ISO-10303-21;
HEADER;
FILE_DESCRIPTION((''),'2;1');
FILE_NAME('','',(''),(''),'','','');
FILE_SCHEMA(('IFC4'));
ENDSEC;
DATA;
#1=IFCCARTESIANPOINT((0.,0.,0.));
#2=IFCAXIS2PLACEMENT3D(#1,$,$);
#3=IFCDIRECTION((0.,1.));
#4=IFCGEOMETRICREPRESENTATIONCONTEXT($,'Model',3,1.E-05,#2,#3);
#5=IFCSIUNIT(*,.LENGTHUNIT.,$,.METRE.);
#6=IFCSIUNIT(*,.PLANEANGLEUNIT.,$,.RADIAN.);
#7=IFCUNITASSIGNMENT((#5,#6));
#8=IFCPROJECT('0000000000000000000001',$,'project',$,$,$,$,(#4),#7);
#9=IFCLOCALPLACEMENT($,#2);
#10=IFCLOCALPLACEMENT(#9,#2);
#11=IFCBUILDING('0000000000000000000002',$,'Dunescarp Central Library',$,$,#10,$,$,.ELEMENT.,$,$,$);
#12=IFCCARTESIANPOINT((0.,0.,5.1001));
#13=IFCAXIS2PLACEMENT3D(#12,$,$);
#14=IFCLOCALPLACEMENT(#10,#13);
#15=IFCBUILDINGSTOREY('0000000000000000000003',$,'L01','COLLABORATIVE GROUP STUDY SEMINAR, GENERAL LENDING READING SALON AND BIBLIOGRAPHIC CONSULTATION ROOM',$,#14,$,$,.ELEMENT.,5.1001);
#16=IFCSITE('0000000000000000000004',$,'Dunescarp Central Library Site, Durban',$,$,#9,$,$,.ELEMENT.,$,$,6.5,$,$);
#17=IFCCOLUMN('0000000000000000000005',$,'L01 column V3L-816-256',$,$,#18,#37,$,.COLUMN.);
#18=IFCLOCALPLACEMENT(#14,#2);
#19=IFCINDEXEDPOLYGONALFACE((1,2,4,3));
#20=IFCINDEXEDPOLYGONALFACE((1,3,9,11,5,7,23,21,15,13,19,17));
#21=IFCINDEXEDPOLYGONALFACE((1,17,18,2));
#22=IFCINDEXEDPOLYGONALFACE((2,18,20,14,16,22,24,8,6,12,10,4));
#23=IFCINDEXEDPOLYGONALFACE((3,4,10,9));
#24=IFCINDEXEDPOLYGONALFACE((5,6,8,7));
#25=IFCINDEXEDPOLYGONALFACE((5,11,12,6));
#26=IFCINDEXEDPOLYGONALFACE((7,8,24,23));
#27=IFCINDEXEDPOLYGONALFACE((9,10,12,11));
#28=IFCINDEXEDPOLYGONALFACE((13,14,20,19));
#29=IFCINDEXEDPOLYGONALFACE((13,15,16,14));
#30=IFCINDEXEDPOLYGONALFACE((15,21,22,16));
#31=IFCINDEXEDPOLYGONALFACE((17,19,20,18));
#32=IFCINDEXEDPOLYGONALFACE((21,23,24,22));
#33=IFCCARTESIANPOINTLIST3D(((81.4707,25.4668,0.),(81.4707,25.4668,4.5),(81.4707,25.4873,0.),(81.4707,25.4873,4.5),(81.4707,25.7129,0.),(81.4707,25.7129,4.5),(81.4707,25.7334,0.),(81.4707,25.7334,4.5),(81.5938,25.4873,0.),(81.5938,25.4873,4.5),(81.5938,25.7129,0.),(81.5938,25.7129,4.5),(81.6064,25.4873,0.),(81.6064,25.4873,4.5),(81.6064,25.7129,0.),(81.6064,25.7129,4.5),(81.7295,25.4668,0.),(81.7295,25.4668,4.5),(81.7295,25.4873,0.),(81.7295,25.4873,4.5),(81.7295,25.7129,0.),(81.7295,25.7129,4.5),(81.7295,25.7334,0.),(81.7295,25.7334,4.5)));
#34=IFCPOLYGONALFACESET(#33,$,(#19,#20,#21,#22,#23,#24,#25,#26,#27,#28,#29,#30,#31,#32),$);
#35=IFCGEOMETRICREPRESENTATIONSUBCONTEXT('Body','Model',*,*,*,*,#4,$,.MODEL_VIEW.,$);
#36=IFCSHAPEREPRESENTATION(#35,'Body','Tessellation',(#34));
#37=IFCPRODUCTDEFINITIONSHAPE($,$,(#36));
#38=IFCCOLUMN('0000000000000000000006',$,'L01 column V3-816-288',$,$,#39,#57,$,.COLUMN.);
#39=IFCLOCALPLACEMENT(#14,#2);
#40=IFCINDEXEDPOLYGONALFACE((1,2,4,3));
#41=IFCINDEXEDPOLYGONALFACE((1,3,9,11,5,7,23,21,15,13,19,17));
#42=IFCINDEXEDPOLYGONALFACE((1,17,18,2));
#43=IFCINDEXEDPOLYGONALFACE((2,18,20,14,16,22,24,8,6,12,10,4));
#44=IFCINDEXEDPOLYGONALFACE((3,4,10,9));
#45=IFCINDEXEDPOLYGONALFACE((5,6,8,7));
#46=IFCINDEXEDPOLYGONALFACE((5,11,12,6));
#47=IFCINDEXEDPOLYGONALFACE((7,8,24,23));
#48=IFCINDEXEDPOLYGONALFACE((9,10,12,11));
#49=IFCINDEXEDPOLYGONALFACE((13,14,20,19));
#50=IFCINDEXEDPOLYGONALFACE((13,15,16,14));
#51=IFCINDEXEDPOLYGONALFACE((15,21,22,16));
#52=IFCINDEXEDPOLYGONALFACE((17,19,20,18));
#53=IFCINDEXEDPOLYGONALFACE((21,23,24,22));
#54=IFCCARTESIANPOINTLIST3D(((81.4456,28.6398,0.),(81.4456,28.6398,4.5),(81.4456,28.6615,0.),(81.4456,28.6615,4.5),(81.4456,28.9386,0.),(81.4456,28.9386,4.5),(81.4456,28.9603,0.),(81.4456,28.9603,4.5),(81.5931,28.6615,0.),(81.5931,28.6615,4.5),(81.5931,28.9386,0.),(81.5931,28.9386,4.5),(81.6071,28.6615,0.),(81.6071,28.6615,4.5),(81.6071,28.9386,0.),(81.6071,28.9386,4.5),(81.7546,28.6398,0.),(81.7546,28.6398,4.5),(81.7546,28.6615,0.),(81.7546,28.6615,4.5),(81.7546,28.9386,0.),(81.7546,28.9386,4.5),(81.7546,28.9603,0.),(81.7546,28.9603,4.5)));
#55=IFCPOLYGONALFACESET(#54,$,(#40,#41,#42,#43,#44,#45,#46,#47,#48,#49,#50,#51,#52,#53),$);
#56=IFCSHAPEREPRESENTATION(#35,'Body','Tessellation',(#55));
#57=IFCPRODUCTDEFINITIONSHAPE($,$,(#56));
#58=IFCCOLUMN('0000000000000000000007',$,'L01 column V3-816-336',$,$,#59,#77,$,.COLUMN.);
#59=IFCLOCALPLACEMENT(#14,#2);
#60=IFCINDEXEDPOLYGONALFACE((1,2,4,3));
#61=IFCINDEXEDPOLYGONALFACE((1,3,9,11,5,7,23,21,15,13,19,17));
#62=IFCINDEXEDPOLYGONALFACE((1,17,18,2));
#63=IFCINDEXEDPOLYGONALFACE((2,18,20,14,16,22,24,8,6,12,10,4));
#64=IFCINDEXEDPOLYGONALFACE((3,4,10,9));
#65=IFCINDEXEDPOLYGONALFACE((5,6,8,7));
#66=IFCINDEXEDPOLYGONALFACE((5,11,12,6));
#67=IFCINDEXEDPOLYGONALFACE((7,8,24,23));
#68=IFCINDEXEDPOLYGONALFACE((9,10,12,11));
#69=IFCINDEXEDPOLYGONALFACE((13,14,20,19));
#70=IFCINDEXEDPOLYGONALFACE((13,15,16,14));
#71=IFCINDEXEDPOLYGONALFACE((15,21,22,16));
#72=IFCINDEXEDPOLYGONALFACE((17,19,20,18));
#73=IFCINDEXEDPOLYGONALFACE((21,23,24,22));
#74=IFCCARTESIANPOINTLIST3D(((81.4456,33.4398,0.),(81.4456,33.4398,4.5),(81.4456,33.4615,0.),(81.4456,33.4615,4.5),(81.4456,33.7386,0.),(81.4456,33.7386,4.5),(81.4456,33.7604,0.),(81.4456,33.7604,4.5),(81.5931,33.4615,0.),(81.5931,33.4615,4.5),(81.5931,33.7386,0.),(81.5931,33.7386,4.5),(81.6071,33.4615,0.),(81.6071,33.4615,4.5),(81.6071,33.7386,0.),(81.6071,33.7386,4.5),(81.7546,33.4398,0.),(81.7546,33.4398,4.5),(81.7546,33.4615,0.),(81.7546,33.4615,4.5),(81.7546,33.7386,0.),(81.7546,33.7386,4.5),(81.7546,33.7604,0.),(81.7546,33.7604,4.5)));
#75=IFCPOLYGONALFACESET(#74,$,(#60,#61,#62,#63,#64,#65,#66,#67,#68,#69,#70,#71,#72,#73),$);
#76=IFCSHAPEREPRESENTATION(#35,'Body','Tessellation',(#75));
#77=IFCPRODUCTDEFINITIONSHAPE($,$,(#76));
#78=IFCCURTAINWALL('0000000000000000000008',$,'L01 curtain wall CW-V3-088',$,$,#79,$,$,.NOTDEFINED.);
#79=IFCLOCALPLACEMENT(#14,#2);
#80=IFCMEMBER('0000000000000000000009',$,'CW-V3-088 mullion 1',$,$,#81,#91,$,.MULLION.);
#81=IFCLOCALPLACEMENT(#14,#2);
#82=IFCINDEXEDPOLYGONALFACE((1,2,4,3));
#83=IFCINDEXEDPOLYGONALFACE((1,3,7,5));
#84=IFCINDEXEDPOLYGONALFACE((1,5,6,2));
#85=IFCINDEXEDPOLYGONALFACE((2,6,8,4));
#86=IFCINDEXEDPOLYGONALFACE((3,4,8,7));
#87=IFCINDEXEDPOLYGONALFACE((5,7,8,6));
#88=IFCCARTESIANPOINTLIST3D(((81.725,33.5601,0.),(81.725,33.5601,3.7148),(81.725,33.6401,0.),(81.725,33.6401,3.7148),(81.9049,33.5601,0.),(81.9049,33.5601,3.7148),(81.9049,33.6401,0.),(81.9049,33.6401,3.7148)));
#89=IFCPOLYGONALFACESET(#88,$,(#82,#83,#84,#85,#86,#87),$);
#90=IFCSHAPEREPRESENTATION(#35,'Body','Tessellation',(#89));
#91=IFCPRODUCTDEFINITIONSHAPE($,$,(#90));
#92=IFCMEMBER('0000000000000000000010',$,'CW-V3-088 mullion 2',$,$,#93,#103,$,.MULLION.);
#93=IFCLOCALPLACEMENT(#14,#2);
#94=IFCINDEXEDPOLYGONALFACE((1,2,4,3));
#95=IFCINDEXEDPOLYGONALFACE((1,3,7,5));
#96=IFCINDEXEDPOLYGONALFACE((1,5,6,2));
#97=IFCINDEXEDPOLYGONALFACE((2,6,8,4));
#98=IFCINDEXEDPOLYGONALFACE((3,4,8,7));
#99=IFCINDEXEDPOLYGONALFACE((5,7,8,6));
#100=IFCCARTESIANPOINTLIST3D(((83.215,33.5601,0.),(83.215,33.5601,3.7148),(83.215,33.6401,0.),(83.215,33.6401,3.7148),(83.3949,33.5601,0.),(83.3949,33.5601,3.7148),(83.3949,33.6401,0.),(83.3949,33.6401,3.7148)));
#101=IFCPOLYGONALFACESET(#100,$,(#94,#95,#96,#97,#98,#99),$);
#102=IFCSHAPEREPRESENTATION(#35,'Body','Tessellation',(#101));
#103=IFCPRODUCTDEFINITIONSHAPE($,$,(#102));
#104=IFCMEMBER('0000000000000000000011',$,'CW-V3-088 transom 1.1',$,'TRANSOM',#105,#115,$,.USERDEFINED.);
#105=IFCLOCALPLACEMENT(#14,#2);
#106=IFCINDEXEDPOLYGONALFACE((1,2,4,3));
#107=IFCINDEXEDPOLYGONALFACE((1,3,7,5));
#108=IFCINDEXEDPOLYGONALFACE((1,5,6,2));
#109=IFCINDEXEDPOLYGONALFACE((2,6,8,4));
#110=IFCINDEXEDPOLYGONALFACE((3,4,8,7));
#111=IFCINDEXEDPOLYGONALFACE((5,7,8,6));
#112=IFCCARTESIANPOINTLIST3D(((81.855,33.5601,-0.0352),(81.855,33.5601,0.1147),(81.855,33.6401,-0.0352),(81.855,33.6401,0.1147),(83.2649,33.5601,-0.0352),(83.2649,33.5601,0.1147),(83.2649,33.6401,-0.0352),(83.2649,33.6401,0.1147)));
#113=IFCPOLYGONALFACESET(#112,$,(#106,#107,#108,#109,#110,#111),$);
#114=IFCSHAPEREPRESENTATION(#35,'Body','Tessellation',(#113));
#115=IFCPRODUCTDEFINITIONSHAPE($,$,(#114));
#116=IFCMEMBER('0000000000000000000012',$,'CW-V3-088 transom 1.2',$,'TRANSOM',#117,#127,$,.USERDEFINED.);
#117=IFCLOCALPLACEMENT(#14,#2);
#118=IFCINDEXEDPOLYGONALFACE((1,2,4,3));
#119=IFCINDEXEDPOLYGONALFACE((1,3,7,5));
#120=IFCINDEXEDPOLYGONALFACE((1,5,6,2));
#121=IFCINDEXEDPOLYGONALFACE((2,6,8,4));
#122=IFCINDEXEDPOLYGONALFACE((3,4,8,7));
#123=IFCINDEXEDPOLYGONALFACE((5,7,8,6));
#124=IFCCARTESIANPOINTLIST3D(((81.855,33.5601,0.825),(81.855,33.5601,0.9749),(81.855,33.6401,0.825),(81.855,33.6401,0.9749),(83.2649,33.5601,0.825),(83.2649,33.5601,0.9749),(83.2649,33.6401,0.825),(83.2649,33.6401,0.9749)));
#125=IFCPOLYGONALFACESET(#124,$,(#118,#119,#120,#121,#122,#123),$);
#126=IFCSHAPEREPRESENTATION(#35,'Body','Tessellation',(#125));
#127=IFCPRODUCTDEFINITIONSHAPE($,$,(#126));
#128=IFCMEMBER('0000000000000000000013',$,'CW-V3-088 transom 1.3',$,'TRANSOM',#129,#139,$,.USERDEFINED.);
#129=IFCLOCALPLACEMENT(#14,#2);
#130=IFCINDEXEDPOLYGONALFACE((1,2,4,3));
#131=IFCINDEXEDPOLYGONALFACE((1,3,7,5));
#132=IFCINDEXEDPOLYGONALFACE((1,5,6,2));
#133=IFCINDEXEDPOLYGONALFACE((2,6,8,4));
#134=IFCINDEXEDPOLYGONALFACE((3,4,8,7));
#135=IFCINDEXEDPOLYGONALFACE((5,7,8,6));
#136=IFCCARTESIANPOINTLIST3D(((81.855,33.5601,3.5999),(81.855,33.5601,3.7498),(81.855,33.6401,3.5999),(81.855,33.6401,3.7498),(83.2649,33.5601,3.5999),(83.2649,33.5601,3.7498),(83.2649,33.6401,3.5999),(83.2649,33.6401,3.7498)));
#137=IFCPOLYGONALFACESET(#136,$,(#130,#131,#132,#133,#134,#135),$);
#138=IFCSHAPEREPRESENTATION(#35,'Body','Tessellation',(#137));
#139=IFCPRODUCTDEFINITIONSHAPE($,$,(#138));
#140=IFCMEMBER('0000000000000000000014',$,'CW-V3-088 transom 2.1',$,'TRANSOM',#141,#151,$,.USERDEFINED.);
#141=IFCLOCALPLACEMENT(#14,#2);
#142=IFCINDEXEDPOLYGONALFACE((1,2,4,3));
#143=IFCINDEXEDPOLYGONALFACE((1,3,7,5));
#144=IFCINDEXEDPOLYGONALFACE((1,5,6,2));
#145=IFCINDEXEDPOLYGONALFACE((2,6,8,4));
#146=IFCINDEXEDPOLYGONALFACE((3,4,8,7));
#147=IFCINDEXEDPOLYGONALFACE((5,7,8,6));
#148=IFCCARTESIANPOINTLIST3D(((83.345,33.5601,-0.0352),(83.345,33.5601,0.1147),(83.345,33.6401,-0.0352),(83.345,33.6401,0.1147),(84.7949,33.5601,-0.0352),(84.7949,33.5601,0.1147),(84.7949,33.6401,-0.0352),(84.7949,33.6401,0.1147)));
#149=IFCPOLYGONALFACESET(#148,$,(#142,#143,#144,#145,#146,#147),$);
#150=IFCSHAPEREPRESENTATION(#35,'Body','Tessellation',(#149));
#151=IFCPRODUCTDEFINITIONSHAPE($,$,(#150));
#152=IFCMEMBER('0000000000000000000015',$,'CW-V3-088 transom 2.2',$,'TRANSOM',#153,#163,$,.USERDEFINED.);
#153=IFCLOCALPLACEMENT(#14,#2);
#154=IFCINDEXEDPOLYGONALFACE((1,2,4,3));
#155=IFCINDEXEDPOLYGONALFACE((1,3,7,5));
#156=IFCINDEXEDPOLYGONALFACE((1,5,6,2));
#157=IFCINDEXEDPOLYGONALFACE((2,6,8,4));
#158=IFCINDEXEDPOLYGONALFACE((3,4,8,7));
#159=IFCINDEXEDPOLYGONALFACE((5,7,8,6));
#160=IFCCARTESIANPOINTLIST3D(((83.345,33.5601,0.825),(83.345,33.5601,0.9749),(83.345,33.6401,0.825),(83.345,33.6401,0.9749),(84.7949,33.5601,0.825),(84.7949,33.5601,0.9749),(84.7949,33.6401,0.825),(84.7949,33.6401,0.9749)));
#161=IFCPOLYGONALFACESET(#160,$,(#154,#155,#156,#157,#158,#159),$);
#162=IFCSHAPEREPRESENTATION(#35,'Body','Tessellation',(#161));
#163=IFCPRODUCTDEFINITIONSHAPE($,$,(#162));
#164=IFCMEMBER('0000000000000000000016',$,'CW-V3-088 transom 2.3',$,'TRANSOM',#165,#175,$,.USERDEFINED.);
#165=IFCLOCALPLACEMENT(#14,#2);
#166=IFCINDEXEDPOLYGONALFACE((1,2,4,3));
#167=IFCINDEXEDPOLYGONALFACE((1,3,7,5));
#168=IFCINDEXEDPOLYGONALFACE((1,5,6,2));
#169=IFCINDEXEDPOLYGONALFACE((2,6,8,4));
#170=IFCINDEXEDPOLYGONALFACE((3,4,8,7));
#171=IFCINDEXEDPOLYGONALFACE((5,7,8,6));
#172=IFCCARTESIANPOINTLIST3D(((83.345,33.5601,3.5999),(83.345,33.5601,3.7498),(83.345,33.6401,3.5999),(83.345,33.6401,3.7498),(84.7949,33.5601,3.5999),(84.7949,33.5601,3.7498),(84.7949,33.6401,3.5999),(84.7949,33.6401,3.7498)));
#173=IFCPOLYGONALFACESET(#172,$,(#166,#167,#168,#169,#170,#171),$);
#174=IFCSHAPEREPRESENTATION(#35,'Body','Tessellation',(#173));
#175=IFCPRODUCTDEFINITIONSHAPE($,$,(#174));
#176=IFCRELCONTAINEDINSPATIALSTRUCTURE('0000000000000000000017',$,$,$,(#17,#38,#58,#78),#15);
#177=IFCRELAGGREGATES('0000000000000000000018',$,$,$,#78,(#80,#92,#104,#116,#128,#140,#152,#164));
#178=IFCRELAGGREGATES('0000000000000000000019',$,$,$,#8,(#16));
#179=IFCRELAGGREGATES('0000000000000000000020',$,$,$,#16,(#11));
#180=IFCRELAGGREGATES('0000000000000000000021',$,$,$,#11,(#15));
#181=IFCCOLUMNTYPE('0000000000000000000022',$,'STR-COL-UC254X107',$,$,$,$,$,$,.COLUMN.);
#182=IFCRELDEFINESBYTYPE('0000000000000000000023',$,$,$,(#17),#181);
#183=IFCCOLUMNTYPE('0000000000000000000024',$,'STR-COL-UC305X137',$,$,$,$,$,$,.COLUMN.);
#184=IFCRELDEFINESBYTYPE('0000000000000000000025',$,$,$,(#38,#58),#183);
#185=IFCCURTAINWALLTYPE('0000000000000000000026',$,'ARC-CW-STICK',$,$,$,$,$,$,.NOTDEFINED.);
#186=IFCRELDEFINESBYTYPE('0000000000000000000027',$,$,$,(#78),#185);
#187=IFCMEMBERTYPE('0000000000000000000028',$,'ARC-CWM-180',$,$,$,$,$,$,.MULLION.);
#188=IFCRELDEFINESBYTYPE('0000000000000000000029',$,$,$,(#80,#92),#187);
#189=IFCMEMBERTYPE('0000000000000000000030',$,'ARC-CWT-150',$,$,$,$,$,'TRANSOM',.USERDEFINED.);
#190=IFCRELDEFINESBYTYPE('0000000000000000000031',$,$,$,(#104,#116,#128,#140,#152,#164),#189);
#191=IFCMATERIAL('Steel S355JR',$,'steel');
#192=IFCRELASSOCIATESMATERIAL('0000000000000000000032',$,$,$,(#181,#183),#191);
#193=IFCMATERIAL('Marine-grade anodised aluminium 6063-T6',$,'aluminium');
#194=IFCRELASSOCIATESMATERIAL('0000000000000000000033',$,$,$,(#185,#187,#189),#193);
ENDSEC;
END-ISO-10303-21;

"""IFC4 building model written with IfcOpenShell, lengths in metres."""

from ifc_helpers import new_model, si_unit, direction, frame, origin, origin_2d, place, context, subcontext, project, spatial, rectangle, i_section, extrude, material, material_profile, profile_set, type_object, element, aggregate, save


model = new_model("IFC4")

# Units and contexts
model_context = context("Model", 3, precision=1e-05, world=origin(), true_north=direction((0.0, 1.0)))
body_context = subcontext(model_context, "Body", "Model", "MODEL_VIEW")
ifc_project = project(units=[si_unit("LENGTHUNIT", "METRE"), si_unit("PLANEANGLEUNIT", "RADIAN")], contexts=[model_context])

# Site, building, storey
site_placement = place(None, origin())
site = spatial("IfcSite", under=ifc_project, at=site_placement, Name="Dunescarp Central Library Site, Durban", CompositionType="ELEMENT", RefElevation=6.5)
building_placement = place(site_placement, origin())
building = spatial("IfcBuilding", under=site, at=building_placement, Name="Dunescarp Central Library", CompositionType="ELEMENT")
storey_placement = place(building_placement, frame((0.0, 0.0, 5.1001)))
storey = spatial("IfcBuildingStorey", under=building, at=storey_placement, Name="L01", Description="COLLABORATIVE GROUP STUDY SEMINAR, GENERAL LENDING READING SALON AND BIBLIOGRAPHIC CONSULTATION ROOM", CompositionType="ELEMENT", Elevation=5.1001)

# Columns
ifc_material_1 = material(Name="Steel S355JR", Category="steel")
ifc_material_profile_1 = material_profile(ifc_material_1, i_section(OverallWidth=0.2588, OverallDepth=0.2666, WebThickness=0.0127, FlangeThickness=0.0205, at=origin_2d()), Name="UC 254x254x107")
ifc_profile_set_1 = profile_set([ifc_material_profile_1], Name="Steel S355JR")
column_type_1 = type_object("IfcColumnType", Name="STR-COL-UC254X107", PredefinedType="COLUMN", material=ifc_profile_set_1)
column_placement = place(storey_placement, frame((81.6001, 25.6001, 0.0), z_axis=(0.0, 0.0, 1.0), x_axis=(1.0, 0.0, 0.0)))
element("IfcColumn", 1, at=column_placement, inside=storey, type_object=column_type_1, Name="L01 column V3L-816-256", PredefinedType="COLUMN", context=body_context, shape_type="SweptSolid", body=[
    extrude(i_section(OverallWidth=0.2588, OverallDepth=0.2666, WebThickness=0.0127, FlangeThickness=0.0205, at=origin_2d()), origin(), (0.0, 0.0, 1.0), 4.5),
])
ifc_material_profile_2 = material_profile(ifc_material_1, i_section(OverallWidth=0.3091, OverallDepth=0.3206, WebThickness=0.0139, FlangeThickness=0.0217, at=origin_2d()), Name="UC 305x305x137")
ifc_profile_set_2 = profile_set([ifc_material_profile_2], Name="Steel S355JR")
column_type_2 = type_object("IfcColumnType", Name="STR-COL-UC305X137", PredefinedType="COLUMN", material=ifc_profile_set_2)
for number, where, z_axis, x_axis, name in (
    (2, (81.6001, 28.8, 0.0), (0.0, 0.0, 1.0), (1.0, 0.0, 0.0), "L01 column V3-816-288"),
    (3, (81.6001, 33.6001, 0.0), (0.0, 0.0, 1.0), (1.0, 0.0, 0.0), "L01 column V3-816-336"),
):
    element("IfcColumn", number, at=place(storey_placement, frame(where, z_axis=z_axis, x_axis=x_axis)), inside=storey, type_object=column_type_2, Name=name, PredefinedType="COLUMN", context=body_context, shape_type="SweptSolid", body=[
        extrude(i_section(OverallWidth=0.3091, OverallDepth=0.3206, WebThickness=0.0139, FlangeThickness=0.0217, at=origin_2d()), origin(), (0.0, 0.0, 1.0), 4.5),
    ])

# Curtain wall, members
ifc_material_2 = material(Name="Marine-grade anodised aluminium 6063-T6", Category="aluminium")
curtain_wall_type = type_object("IfcCurtainWallType", Name="ARC-CW-STICK", PredefinedType="NOTDEFINED", material=ifc_material_2)
curtain_wall_placement = place(storey_placement, origin())
curtain_wall = element("IfcCurtainWall", 4, at=curtain_wall_placement, inside=storey, type_object=curtain_wall_type, Name="L01 curtain wall CW-V3-088", PredefinedType="NOTDEFINED")
ifc_material_profile_3 = material_profile(ifc_material_2, rectangle(XDim=0.0801, YDim=0.1799, at=origin_2d()), Name="AL 80x180")
ifc_profile_set_3 = profile_set([ifc_material_profile_3], Name="Marine-grade anodised aluminium 6063-T6")
member_type_1 = type_object("IfcMemberType", Name="ARC-CWM-180", PredefinedType="MULLION", material=ifc_profile_set_3)
member_1_placement = place(storey_placement, frame((81.8149, 33.6001, 0.0), z_axis=(0.0, 0.0, 1.0), x_axis=(0.0, 1.0, 0.0)))
member_1 = element("IfcMember", 5, at=member_1_placement, type_object=member_type_1, Name="CW-V3-088 mullion 1", PredefinedType="MULLION", context=body_context, shape_type="SweptSolid", body=[
    extrude(rectangle(XDim=0.0801, YDim=0.1799, at=origin_2d()), origin(), (0.0, 0.0, 1.0), 3.7148),
])
member_2_placement = place(storey_placement, frame((83.3049, 33.6001, 0.0), z_axis=(0.0, 0.0, 1.0), x_axis=(0.0, 1.0, 0.0)))
member_2 = element("IfcMember", 6, at=member_2_placement, type_object=member_type_1, Name="CW-V3-088 mullion 2", PredefinedType="MULLION", context=body_context, shape_type="SweptSolid", body=[
    extrude(rectangle(XDim=0.0801, YDim=0.1799, at=origin_2d()), origin(), (0.0, 0.0, 1.0), 3.7148),
])
ifc_material_profile_4 = material_profile(ifc_material_2, rectangle(XDim=0.0801, YDim=0.1499, at=origin_2d()), Name="AL 80x150")
ifc_profile_set_4 = profile_set([ifc_material_profile_4], Name="Marine-grade anodised aluminium 6063-T6")
member_type_2 = type_object("IfcMemberType", Name="ARC-CWT-150", ElementType="TRANSOM", PredefinedType="USERDEFINED", material=ifc_profile_set_4)
member_3_placement = place(storey_placement, frame((81.855, 33.6001, 0.0398), z_axis=(1.0, 0.0, 0.0), x_axis=(0.0, 1.0, 0.0)))
member_3 = element("IfcMember", 7, at=member_3_placement, type_object=member_type_2, Name="CW-V3-088 transom 1.1", ObjectType="TRANSOM", PredefinedType="USERDEFINED", context=body_context, shape_type="SweptSolid", body=[
    extrude(rectangle(XDim=0.0801, YDim=0.1499, at=origin_2d()), origin(), (0.0, 0.0, 1.0), 1.4099),
])
member_4_placement = place(storey_placement, frame((81.855, 33.6001, 0.8999), z_axis=(1.0, 0.0, 0.0), x_axis=(0.0, 1.0, 0.0)))
member_4 = element("IfcMember", 8, at=member_4_placement, type_object=member_type_2, Name="CW-V3-088 transom 1.2", ObjectType="TRANSOM", PredefinedType="USERDEFINED", context=body_context, shape_type="SweptSolid", body=[
    extrude(rectangle(XDim=0.0801, YDim=0.1499, at=origin_2d()), origin(), (0.0, 0.0, 1.0), 1.4099),
])
member_5_placement = place(storey_placement, frame((81.855, 33.6001, 3.6748), z_axis=(1.0, 0.0, 0.0), x_axis=(0.0, 1.0, 0.0)))
member_5 = element("IfcMember", 9, at=member_5_placement, type_object=member_type_2, Name="CW-V3-088 transom 1.3", ObjectType="TRANSOM", PredefinedType="USERDEFINED", context=body_context, shape_type="SweptSolid", body=[
    extrude(rectangle(XDim=0.0801, YDim=0.1499, at=origin_2d()), origin(), (0.0, 0.0, 1.0), 1.4099),
])
member_6_placement = place(storey_placement, frame((83.345, 33.6001, 0.0398), z_axis=(1.0, 0.0, 0.0), x_axis=(0.0, 1.0, 0.0)))
member_6 = element("IfcMember", 10, at=member_6_placement, type_object=member_type_2, Name="CW-V3-088 transom 2.1", ObjectType="TRANSOM", PredefinedType="USERDEFINED", context=body_context, shape_type="SweptSolid", body=[
    extrude(rectangle(XDim=0.0801, YDim=0.1499, at=origin_2d()), origin(), (0.0, 0.0, 1.0), 1.45),
])
member_7_placement = place(storey_placement, frame((83.345, 33.6001, 0.8999), z_axis=(1.0, 0.0, 0.0), x_axis=(0.0, 1.0, 0.0)))
member_7 = element("IfcMember", 11, at=member_7_placement, type_object=member_type_2, Name="CW-V3-088 transom 2.2", ObjectType="TRANSOM", PredefinedType="USERDEFINED", context=body_context, shape_type="SweptSolid", body=[
    extrude(rectangle(XDim=0.0801, YDim=0.1499, at=origin_2d()), origin(), (0.0, 0.0, 1.0), 1.45),
])
member_8_placement = place(storey_placement, frame((83.345, 33.6001, 3.6748), z_axis=(1.0, 0.0, 0.0), x_axis=(0.0, 1.0, 0.0)))
member_8 = element("IfcMember", 12, at=member_8_placement, type_object=member_type_2, Name="CW-V3-088 transom 2.3", ObjectType="TRANSOM", PredefinedType="USERDEFINED", context=body_context, shape_type="SweptSolid", body=[
    extrude(rectangle(XDim=0.0801, YDim=0.1499, at=origin_2d()), origin(), (0.0, 0.0, 1.0), 1.45),
])

aggregate(curtain_wall, [member_1, member_2, member_3, member_4, member_5, member_6, member_7, member_8])

save(model, "model.ifc")
